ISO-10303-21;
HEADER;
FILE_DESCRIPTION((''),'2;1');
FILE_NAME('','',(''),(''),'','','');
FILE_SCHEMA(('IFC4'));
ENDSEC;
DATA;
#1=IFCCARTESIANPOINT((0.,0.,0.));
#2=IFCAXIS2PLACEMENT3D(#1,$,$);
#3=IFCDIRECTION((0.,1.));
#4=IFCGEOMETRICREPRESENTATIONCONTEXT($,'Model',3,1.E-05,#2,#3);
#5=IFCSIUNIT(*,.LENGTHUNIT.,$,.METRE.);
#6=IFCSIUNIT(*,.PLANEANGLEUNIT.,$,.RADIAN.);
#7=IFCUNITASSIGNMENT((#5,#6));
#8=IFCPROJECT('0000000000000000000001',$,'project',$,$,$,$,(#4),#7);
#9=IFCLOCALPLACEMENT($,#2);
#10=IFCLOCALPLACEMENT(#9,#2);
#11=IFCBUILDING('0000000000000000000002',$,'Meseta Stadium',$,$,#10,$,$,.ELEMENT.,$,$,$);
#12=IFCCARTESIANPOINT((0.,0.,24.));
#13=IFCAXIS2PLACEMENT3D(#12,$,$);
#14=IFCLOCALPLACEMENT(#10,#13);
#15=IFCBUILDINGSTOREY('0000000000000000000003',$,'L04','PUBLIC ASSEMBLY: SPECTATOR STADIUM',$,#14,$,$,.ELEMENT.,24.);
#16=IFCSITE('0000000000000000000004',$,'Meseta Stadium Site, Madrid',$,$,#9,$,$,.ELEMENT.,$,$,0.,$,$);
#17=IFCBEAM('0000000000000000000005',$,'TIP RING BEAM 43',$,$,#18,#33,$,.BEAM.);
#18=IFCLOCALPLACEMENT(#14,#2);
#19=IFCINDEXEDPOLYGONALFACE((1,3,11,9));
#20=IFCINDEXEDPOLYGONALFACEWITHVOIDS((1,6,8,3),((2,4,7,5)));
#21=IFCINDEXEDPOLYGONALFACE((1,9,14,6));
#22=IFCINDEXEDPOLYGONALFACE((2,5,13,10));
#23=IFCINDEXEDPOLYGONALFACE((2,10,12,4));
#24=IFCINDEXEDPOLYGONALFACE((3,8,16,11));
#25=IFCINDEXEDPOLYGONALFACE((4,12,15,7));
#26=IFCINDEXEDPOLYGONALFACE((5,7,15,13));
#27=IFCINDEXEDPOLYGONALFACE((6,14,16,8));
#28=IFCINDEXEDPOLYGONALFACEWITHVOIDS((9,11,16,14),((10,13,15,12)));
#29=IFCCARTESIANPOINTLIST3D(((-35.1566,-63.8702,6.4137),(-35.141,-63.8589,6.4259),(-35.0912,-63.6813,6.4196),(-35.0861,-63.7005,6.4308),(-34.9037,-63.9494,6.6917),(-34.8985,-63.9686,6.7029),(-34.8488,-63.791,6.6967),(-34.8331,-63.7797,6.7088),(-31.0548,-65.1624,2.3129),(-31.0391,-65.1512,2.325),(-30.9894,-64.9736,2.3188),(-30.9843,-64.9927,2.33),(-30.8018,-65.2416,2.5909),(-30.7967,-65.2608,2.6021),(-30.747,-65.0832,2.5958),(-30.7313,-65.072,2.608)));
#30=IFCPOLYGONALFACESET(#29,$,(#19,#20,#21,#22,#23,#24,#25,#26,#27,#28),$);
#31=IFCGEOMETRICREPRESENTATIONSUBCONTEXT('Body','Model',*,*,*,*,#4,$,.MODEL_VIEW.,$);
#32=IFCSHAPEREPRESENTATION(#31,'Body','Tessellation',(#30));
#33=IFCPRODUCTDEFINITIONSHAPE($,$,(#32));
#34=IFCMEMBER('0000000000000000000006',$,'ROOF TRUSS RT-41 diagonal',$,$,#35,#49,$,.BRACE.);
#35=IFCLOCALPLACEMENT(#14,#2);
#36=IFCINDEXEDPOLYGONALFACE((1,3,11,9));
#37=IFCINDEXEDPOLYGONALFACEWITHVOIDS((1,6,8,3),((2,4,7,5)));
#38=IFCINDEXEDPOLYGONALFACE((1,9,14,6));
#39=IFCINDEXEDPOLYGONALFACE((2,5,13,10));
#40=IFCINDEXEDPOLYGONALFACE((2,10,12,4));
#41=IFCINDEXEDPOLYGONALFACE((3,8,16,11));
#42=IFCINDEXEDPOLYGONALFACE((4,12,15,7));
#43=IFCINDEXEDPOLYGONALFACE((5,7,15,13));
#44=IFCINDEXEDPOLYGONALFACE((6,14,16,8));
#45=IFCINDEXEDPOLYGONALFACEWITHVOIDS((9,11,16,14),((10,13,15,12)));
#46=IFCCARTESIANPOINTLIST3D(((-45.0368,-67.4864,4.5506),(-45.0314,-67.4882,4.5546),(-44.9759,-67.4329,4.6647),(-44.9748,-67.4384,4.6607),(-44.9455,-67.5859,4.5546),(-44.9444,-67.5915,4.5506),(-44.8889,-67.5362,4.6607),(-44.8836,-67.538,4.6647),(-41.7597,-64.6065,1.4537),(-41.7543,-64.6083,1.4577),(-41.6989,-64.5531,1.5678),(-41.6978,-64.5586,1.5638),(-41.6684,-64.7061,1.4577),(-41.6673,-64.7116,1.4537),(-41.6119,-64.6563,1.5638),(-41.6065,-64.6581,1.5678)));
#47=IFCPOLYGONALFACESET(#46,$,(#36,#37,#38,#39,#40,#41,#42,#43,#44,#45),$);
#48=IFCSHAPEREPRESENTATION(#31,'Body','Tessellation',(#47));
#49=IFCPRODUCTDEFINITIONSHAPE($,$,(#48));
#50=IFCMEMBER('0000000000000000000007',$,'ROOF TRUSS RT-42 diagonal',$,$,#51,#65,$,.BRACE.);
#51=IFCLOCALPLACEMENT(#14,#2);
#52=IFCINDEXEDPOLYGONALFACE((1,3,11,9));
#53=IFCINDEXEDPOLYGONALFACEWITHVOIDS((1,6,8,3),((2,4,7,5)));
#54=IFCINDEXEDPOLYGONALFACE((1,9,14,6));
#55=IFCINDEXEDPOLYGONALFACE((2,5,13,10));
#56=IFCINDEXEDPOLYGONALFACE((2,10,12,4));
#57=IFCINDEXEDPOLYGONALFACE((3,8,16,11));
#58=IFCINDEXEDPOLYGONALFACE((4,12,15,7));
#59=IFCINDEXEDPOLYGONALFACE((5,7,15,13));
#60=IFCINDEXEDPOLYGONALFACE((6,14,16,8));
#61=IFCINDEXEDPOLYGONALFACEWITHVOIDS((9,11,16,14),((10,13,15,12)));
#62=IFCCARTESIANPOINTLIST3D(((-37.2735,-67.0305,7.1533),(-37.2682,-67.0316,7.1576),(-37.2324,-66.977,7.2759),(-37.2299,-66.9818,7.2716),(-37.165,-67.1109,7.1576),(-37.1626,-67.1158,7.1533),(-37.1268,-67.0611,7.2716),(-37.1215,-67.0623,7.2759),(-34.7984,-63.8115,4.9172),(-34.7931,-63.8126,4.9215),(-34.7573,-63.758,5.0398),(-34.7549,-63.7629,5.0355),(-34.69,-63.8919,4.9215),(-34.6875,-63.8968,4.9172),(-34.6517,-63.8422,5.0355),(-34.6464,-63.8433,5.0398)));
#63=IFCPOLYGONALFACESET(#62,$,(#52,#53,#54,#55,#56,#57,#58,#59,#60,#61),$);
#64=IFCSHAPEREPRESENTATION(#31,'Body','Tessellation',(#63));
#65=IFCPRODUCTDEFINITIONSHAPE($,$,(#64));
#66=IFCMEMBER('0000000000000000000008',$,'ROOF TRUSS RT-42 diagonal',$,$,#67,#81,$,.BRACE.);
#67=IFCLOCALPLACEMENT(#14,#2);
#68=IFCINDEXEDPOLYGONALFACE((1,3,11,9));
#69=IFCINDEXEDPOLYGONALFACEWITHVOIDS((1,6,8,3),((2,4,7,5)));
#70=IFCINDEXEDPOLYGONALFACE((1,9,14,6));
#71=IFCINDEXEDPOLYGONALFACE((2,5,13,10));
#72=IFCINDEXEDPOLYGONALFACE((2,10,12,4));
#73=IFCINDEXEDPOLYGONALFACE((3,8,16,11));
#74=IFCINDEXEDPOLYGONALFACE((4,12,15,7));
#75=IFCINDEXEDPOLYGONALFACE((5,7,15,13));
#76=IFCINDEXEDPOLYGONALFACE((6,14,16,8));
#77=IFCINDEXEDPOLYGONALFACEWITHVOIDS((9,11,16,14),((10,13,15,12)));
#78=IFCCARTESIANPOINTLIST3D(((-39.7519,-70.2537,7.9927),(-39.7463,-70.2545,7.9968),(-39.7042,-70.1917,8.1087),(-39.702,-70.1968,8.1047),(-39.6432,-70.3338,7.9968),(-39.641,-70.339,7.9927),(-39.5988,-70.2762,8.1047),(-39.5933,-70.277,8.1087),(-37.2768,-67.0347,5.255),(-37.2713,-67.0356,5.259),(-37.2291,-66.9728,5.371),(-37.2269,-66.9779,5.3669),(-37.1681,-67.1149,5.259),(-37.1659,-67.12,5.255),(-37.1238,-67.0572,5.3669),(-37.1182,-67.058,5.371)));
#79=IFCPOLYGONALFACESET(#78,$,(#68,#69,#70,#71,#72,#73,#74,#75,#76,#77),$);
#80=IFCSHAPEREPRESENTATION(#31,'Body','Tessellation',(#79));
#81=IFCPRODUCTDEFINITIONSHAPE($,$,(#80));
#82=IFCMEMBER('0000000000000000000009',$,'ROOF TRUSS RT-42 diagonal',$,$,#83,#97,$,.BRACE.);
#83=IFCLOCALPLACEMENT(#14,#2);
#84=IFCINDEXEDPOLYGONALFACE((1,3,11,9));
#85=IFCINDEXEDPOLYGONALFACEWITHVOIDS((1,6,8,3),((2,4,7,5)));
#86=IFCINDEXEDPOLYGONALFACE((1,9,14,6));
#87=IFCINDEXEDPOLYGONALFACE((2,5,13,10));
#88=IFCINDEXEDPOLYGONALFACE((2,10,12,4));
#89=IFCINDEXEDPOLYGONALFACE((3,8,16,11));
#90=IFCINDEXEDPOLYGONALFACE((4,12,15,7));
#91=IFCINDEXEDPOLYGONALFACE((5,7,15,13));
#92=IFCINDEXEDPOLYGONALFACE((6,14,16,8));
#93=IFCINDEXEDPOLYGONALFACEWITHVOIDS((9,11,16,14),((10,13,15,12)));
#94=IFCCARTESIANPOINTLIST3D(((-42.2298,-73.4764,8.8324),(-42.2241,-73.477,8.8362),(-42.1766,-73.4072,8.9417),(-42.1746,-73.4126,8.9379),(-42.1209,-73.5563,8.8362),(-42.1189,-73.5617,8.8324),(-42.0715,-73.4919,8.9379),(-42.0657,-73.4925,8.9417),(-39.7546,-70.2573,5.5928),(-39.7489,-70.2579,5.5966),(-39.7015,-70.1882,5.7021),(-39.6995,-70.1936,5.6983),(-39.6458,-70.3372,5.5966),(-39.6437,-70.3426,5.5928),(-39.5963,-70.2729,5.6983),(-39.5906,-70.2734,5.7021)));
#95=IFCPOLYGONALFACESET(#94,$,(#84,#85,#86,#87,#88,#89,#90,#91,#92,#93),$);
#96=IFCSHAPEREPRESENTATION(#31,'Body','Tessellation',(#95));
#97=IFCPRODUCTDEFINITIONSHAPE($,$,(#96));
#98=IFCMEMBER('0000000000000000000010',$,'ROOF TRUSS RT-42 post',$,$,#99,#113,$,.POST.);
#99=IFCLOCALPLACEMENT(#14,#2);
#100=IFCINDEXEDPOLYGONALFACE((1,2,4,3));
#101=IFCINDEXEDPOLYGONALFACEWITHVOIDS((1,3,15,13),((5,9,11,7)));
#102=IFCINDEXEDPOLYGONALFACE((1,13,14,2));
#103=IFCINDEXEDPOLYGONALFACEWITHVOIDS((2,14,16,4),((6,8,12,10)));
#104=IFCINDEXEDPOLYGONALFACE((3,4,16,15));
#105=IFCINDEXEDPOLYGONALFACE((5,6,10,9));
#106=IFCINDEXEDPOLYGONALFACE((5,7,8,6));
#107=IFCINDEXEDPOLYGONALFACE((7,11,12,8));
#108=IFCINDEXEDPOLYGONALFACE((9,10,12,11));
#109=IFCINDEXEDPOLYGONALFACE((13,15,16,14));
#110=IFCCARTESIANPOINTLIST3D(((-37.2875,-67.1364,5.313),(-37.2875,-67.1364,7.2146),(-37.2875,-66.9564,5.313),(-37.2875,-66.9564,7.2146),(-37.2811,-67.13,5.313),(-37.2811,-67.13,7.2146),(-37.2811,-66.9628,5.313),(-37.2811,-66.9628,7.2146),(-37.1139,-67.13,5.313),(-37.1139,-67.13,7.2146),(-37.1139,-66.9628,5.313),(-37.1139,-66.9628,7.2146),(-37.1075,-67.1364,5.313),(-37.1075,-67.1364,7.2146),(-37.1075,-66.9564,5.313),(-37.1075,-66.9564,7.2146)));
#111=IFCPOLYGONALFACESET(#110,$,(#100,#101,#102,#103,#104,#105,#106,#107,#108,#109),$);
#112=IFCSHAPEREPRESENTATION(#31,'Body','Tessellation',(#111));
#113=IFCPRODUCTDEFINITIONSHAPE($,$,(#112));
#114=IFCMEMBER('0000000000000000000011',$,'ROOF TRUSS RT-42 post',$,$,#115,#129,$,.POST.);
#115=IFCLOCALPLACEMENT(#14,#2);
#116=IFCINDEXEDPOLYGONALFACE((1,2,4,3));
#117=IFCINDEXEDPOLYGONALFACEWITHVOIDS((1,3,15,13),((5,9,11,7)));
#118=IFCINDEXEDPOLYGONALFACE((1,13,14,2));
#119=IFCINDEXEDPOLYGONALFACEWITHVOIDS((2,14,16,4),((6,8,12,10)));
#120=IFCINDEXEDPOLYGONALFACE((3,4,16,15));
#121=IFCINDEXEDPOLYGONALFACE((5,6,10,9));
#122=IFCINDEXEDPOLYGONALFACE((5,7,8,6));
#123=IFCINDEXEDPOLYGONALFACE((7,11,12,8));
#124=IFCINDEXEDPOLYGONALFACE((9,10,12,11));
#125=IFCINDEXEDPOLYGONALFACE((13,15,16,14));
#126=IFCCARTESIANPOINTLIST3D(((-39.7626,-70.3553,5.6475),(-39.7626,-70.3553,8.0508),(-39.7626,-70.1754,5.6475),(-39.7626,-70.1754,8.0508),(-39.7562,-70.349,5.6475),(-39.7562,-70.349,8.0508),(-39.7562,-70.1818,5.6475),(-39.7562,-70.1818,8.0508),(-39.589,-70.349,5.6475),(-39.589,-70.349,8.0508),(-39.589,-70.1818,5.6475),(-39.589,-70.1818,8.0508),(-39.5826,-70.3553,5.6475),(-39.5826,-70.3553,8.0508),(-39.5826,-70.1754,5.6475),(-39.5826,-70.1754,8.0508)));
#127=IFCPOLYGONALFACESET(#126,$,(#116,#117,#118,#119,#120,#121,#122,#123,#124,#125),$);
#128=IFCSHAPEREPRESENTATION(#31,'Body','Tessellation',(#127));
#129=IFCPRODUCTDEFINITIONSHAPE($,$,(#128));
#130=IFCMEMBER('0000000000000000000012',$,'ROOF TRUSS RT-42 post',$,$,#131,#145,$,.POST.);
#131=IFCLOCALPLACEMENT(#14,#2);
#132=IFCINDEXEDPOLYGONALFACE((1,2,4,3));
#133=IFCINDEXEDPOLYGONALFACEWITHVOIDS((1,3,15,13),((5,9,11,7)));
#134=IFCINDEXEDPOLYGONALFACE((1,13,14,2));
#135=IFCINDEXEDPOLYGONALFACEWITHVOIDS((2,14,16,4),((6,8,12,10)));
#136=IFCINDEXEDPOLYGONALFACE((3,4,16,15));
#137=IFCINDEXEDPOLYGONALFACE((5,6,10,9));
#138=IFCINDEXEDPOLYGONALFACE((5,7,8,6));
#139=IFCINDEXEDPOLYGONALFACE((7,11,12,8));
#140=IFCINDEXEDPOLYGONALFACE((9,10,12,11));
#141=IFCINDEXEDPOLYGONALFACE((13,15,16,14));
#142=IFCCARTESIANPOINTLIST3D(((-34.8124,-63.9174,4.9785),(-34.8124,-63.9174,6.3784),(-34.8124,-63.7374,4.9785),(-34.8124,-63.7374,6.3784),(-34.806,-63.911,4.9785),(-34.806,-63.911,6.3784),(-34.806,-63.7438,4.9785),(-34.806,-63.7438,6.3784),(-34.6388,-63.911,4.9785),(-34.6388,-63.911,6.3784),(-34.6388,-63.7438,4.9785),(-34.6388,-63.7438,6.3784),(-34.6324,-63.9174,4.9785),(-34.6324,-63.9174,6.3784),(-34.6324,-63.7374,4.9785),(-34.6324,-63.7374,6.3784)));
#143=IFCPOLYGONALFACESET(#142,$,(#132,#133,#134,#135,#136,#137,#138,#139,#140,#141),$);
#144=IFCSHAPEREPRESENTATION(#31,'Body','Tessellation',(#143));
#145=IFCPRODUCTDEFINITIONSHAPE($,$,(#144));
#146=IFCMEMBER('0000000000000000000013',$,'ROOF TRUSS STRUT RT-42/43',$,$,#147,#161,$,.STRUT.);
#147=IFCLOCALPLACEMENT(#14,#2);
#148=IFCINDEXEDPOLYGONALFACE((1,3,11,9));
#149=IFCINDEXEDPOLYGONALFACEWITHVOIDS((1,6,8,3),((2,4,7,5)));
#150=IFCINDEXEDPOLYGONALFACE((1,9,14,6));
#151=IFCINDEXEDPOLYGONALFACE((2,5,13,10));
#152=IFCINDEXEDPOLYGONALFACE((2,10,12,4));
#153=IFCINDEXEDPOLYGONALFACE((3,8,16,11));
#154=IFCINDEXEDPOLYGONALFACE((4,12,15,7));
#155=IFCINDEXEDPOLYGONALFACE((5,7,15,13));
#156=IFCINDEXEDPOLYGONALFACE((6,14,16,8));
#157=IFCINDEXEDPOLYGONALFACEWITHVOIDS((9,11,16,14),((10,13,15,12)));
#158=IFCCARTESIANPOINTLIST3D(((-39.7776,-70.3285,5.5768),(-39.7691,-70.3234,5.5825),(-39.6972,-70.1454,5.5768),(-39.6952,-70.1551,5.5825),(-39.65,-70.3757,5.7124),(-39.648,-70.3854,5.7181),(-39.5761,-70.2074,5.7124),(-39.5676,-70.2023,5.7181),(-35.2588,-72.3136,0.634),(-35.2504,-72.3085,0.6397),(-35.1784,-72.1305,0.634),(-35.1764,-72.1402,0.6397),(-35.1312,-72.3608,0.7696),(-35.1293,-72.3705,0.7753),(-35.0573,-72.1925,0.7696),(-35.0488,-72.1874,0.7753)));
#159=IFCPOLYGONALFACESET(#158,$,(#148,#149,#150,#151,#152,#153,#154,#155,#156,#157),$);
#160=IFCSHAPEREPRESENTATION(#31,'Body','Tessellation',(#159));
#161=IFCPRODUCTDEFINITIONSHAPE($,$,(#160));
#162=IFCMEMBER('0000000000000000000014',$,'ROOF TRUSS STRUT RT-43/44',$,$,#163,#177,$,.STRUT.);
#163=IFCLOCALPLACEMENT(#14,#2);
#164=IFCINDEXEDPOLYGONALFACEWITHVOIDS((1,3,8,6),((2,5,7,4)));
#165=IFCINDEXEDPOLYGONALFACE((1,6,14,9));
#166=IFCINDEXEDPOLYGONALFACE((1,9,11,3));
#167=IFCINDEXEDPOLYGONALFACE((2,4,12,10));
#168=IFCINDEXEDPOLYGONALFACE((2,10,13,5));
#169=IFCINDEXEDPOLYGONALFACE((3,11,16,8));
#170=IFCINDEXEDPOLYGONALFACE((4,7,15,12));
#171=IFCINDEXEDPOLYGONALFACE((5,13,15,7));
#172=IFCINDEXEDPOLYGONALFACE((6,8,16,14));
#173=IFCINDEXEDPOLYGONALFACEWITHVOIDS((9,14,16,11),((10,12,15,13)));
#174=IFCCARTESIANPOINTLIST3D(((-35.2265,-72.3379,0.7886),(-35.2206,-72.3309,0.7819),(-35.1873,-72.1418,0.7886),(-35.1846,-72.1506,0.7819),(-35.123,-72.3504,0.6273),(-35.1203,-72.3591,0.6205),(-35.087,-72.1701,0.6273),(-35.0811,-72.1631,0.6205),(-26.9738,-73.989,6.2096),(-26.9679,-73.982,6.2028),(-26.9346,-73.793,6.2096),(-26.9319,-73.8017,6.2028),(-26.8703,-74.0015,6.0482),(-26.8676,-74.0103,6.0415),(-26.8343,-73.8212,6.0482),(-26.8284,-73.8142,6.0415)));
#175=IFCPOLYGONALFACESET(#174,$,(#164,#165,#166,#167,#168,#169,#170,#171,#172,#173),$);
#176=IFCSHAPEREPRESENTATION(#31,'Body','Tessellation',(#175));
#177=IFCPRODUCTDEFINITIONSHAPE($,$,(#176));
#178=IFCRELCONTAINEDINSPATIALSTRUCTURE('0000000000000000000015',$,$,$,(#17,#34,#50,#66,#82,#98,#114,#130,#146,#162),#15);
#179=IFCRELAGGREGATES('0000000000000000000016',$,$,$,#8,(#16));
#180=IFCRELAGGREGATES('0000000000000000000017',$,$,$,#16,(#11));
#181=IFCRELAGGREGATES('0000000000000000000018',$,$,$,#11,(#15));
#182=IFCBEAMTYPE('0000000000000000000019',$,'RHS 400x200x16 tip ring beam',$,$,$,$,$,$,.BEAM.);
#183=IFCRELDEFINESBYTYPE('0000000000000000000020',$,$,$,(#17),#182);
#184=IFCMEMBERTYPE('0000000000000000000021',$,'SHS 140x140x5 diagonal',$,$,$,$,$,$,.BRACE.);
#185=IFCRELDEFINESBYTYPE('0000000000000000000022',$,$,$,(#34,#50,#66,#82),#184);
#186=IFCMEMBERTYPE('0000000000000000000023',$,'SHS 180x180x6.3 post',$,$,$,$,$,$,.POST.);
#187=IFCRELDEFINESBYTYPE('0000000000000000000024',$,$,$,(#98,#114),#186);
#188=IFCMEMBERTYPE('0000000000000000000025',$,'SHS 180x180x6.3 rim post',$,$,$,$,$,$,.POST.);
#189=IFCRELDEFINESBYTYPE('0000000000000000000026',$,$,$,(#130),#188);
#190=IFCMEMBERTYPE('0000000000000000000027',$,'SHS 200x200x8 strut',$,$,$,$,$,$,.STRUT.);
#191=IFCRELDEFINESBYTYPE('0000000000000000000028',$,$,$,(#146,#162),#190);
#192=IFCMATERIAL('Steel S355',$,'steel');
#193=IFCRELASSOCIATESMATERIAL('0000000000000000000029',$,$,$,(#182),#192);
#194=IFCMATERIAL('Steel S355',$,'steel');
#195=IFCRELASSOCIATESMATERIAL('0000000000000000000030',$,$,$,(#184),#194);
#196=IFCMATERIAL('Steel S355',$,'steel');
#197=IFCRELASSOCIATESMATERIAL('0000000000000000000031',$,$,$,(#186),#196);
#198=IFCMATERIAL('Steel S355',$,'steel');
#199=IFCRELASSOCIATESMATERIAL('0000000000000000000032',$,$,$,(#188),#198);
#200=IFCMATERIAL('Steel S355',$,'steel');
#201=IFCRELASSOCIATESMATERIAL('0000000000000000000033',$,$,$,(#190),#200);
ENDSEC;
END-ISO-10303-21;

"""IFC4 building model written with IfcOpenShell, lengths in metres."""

from ifc_helpers import new_model, si_unit, direction, frame, origin, origin_2d, place, context, subcontext, project, spatial, hollow_rectangle, extrude, material, material_profile, profile_set, type_object, element, save


model = new_model("IFC4")

# Units and contexts
model_context = context("Model", 3, precision=1e-05, world=origin(), true_north=direction((0.0, 1.0)))
body_context = subcontext(model_context, "Body", "Model", "MODEL_VIEW")
ifc_project = project(units=[si_unit("LENGTHUNIT", "METRE"), si_unit("PLANEANGLEUNIT", "RADIAN")], contexts=[model_context])

# Site, building, storey
site_placement = place(None, origin())
site = spatial("IfcSite", under=ifc_project, at=site_placement, Name="Meseta Stadium Site, Madrid", CompositionType="ELEMENT", RefElevation=0.0)
building_placement = place(site_placement, origin())
building = spatial("IfcBuilding", under=site, at=building_placement, Name="Meseta Stadium", CompositionType="ELEMENT")
storey_placement = place(building_placement, frame((0.0, 0.0, 24.0)))
storey = spatial("IfcBuildingStorey", under=building, at=storey_placement, Name="L04", Description="PUBLIC ASSEMBLY: SPECTATOR STADIUM", CompositionType="ELEMENT", Elevation=24.0)

# Beam
ifc_material_1 = material(Name="Steel S355", Category="steel")
ifc_material_profile_1 = material_profile(ifc_material_1, hollow_rectangle(XDim=0.2, YDim=0.3999, WallThickness=0.0161, at=origin_2d()), Name="RHS 400x200x16")
ifc_profile_set_1 = profile_set([ifc_material_profile_1], Name="Steel S355")
beam_type = type_object("IfcBeamType", Name="RHS 400x200x16 tip ring beam", PredefinedType="BEAM", material=ifc_profile_set_1)
beam_placement = place(storey_placement, frame((-34.9949, -63.825, 6.5613), z_axis=(0.690267, -0.217462, -0.690103), x_axis=(0.327083, 0.944534, 0.029523)))
element("IfcBeam", 1, at=beam_placement, inside=storey, type_object=beam_type, Name="TIP RING BEAM 43", PredefinedType="BEAM", context=body_context, shape_type="SweptSolid", body=[
    extrude(hollow_rectangle(XDim=0.2, YDim=0.3999, WallThickness=0.0161, at=origin_2d()), origin(), (0.0, 0.0, 1.0), 5.9424),
])

# Members
ifc_material_2 = material(Name="Steel S355", Category="steel")
ifc_material_profile_2 = material_profile(ifc_material_2, hollow_rectangle(XDim=0.1399, YDim=0.1399, WallThickness=0.0049, at=origin_2d()), Name="SHS 140x140x5")
ifc_profile_set_2 = profile_set([ifc_material_profile_2], Name="Steel S355")
member_type_1 = type_object("IfcMemberType", Name="SHS 140x140x5 diagonal", PredefinedType="BRACE", material=ifc_profile_set_2)
member_1_placement = place(storey_placement, frame((-41.6831, -64.6323, 1.5107), z_axis=(-0.612525, -0.538281, 0.578849), x_axis=(0.660116, -0.751164, 0.0)))
element("IfcMember", 2, at=member_1_placement, inside=storey, type_object=member_type_1, Name="ROOF TRUSS RT-41 diagonal", PredefinedType="BRACE", context=body_context, shape_type="SweptSolid", body=[
    extrude(hollow_rectangle(XDim=0.1399, YDim=0.1399, WallThickness=0.0049, at=origin_2d()), origin(), (0.0, 0.0, 1.0), 5.3501),
])
member_2_placement = place(storey_placement, frame((-34.7224, -63.8274, 4.9785), z_axis=(-0.533941, -0.694418, 0.48238), x_axis=(0.792749, -0.609548, 0.0)))
element("IfcMember", 3, at=member_2_placement, inside=storey, type_object=member_type_1, Name="ROOF TRUSS RT-42 diagonal", PredefinedType="BRACE", context=body_context, shape_type="SweptSolid", body=[
    extrude(hollow_rectangle(XDim=0.1399, YDim=0.1399, WallThickness=0.0049, at=origin_2d()), origin(), (0.0, 0.0, 1.0), 4.6355),
])
member_3_placement = place(storey_placement, frame((-37.1975, -67.0464, 5.313), z_axis=(-0.505401, -0.6573, 0.559041), x_axis=(0.792749, -0.609548, 0.0)))
element("IfcMember", 4, at=member_3_placement, inside=storey, type_object=member_type_1, Name="ROOF TRUSS RT-42 diagonal", PredefinedType="BRACE", context=body_context, shape_type="SweptSolid", body=[
    extrude(hollow_rectangle(XDim=0.1399, YDim=0.1399, WallThickness=0.0049, at=origin_2d()), origin(), (0.0, 0.0, 1.0), 4.8972),
])
member_4_placement = place(storey_placement, frame((-39.6726, -70.2654, 5.6475), z_axis=(-0.476488, -0.619698, 0.623646), x_axis=(0.792749, -0.609548, 0.0)))
element("IfcMember", 5, at=member_4_placement, inside=storey, type_object=member_type_1, Name="ROOF TRUSS RT-42 diagonal", PredefinedType="BRACE", context=body_context, shape_type="SweptSolid", body=[
    extrude(hollow_rectangle(XDim=0.1399, YDim=0.1399, WallThickness=0.0049, at=origin_2d()), origin(), (0.0, 0.0, 1.0), 5.1946),
])
ifc_material_3 = material(Name="Steel S355", Category="steel")
ifc_material_profile_3 = material_profile(ifc_material_3, hollow_rectangle(XDim=0.1799, YDim=0.1799, WallThickness=0.0063, at=origin_2d()), Name="SHS 180x180x6.3")
ifc_profile_set_3 = profile_set([ifc_material_profile_3], Name="Steel S355")
member_type_2 = type_object("IfcMemberType", Name="SHS 180x180x6.3 post", PredefinedType="POST", material=ifc_profile_set_3)
member_5_placement = place(storey_placement, frame((-37.1975, -67.0464, 5.313), z_axis=(0.0, 0.0, 1.0), x_axis=(1.0, 0.0, 0.0)))
element("IfcMember", 6, at=member_5_placement, inside=storey, type_object=member_type_2, Name="ROOF TRUSS RT-42 post", PredefinedType="POST", context=body_context, shape_type="SweptSolid", body=[
    extrude(hollow_rectangle(XDim=0.1799, YDim=0.1799, WallThickness=0.0063, at=origin_2d()), origin(), (0.0, 0.0, 1.0), 1.9016),
])
member_6_placement = place(storey_placement, frame((-39.6726, -70.2654, 5.6475), z_axis=(0.0, 0.0, 1.0), x_axis=(1.0, 0.0, 0.0)))
element("IfcMember", 7, at=member_6_placement, inside=storey, type_object=member_type_2, Name="ROOF TRUSS RT-42 post", PredefinedType="POST", context=body_context, shape_type="SweptSolid", body=[
    extrude(hollow_rectangle(XDim=0.1799, YDim=0.1799, WallThickness=0.0063, at=origin_2d()), origin(), (0.0, 0.0, 1.0), 2.4033),
])
ifc_material_4 = material(Name="Steel S355", Category="steel")
ifc_material_profile_4 = material_profile(ifc_material_4, hollow_rectangle(XDim=0.1799, YDim=0.1799, WallThickness=0.0063, at=origin_2d()), Name="SHS 180x180x6.3")
ifc_profile_set_4 = profile_set([ifc_material_profile_4], Name="Steel S355")
member_type_3 = type_object("IfcMemberType", Name="SHS 180x180x6.3 rim post", PredefinedType="POST", material=ifc_profile_set_4)
member_7_placement = place(storey_placement, frame((-34.7224, -63.8274, 4.9785), z_axis=(0.0, 0.0, 1.0), x_axis=(1.0, 0.0, 0.0)))
element("IfcMember", 8, at=member_7_placement, inside=storey, type_object=member_type_3, Name="ROOF TRUSS RT-42 post", PredefinedType="POST", context=body_context, shape_type="SweptSolid", body=[
    extrude(hollow_rectangle(XDim=0.1799, YDim=0.1799, WallThickness=0.0063, at=origin_2d()), origin(), (0.0, 0.0, 1.0), 1.3999),
])
ifc_material_5 = material(Name="Steel S355", Category="steel")
ifc_material_profile_5 = material_profile(ifc_material_5, hollow_rectangle(XDim=0.2, YDim=0.2, WallThickness=0.0081, at=origin_2d()), Name="SHS 200x200x8")
ifc_profile_set_5 = profile_set([ifc_material_profile_5], Name="Steel S355")
member_type_4 = type_object("IfcMemberType", Name="SHS 200x200x8 strut", PredefinedType="STRUT", material=ifc_profile_set_5)
member_8_placement = place(storey_placement, frame((-39.6726, -70.2654, 5.6475), z_axis=(0.646916, -0.28419, -0.707627), x_axis=(0.402201, 0.915551, 0.0)))
element("IfcMember", 9, at=member_8_placement, inside=storey, type_object=member_type_4, Name="ROOF TRUSS STRUT RT-42/43", PredefinedType="STRUT", context=body_context, shape_type="SweptSolid", body=[
    extrude(hollow_rectangle(XDim=0.2, YDim=0.2, WallThickness=0.0081, at=origin_2d()), origin(), (0.0, 0.0, 1.0), 6.9851),
])
member_9_placement = place(storey_placement, frame((-35.1538, -72.2505, 0.7046), z_axis=(0.824366, -0.164932, 0.541497), x_axis=(0.196183, 0.980567, 0.0)))
element("IfcMember", 10, at=member_9_placement, inside=storey, type_object=member_type_4, Name="ROOF TRUSS STRUT RT-43/44", PredefinedType="STRUT", context=body_context, shape_type="SweptSolid", body=[
    extrude(hollow_rectangle(XDim=0.2, YDim=0.2, WallThickness=0.0081, at=origin_2d()), origin(), (0.0, 0.0, 1.0), 10.011),
])

save(model, "model.ifc")
